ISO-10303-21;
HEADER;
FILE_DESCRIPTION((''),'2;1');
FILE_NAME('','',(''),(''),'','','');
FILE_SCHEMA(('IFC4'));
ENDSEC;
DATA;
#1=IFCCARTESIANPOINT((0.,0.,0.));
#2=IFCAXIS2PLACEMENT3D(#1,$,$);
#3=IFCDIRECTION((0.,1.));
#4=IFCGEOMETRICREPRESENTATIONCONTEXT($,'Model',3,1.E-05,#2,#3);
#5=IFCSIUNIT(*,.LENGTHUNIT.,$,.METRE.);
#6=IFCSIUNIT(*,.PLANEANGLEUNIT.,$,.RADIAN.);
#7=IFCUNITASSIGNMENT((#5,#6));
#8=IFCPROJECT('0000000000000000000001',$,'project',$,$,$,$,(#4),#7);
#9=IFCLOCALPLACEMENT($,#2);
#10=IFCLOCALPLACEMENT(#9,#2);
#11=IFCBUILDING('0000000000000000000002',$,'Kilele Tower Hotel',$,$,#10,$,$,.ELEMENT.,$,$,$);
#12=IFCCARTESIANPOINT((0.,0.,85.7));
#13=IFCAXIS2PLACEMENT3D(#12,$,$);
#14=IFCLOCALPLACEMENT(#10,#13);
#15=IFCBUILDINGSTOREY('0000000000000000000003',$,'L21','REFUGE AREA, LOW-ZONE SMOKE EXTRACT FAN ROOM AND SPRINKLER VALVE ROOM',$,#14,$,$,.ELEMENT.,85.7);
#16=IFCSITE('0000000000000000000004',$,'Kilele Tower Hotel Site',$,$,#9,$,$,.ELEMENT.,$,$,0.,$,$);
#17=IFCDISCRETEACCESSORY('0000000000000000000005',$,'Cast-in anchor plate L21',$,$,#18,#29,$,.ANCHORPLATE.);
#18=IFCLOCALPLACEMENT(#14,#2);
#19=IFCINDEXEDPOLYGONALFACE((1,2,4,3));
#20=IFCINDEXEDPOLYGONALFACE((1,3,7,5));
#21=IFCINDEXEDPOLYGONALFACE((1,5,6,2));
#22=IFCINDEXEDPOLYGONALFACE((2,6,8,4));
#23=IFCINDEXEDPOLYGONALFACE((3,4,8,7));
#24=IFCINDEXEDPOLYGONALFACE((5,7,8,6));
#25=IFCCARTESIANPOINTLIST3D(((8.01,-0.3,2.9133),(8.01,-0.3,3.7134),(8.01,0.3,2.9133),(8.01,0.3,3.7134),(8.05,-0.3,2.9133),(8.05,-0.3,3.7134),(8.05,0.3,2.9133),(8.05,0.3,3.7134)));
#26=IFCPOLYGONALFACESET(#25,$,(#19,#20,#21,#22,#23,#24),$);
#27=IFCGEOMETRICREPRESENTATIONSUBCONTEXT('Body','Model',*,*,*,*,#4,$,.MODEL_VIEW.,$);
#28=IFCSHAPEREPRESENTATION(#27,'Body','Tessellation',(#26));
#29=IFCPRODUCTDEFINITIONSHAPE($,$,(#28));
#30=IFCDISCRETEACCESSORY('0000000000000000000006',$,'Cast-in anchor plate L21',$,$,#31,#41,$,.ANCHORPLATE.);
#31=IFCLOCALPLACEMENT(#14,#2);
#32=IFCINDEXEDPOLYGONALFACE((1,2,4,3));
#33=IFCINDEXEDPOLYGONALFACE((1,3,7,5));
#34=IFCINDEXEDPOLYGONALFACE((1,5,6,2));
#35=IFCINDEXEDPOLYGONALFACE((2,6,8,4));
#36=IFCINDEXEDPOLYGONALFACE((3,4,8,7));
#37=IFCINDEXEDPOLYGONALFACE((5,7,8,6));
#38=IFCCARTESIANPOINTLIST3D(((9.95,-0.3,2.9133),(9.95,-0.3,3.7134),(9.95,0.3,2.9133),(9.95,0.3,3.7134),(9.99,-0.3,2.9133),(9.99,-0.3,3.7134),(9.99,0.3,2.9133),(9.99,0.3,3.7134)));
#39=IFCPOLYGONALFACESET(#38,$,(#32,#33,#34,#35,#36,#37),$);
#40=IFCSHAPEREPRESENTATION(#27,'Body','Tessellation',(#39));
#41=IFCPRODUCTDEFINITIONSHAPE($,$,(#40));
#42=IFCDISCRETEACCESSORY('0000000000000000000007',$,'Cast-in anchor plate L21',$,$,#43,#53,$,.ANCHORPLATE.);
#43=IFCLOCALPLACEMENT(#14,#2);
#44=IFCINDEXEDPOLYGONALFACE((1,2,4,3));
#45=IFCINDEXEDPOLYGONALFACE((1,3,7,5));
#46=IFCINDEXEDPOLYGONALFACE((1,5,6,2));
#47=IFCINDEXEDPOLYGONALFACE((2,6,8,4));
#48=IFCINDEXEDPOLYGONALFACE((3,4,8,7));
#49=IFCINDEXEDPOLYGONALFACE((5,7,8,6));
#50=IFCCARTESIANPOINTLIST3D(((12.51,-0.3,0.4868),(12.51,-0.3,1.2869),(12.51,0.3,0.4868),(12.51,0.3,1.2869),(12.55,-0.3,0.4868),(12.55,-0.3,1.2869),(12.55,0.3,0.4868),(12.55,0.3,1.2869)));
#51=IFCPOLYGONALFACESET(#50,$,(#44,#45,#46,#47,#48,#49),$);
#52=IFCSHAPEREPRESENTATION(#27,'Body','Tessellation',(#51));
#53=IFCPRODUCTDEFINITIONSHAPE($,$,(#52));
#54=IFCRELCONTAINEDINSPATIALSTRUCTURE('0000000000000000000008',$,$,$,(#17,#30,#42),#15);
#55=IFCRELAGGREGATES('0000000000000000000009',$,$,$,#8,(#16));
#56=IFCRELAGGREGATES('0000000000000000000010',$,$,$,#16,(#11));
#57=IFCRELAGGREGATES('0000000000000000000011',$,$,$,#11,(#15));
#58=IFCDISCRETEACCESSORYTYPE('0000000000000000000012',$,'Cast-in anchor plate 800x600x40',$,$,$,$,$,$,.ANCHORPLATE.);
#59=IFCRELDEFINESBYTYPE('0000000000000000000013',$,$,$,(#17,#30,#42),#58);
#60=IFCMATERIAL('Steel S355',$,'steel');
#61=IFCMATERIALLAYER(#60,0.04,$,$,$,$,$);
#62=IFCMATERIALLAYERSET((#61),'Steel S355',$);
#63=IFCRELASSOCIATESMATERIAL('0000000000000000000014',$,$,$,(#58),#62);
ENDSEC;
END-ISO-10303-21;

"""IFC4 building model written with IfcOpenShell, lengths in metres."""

from ifc_helpers import new_model, si_unit, direction, frame, origin, place, context, subcontext, project, spatial, polyline, outline, extrude, source, transform, mapped, material, layer, layer_set, type_object, element, save


model = new_model("IFC4")

# Units and contexts
model_context = context("Model", 3, precision=1e-05, world=origin(), true_north=direction((0.0, 1.0)))
body_context = subcontext(model_context, "Body", "Model", "MODEL_VIEW")
ifc_project = project(units=[si_unit("LENGTHUNIT", "METRE"), si_unit("PLANEANGLEUNIT", "RADIAN")], contexts=[model_context])

# Site, building, storey
site_placement = place(None, origin())
site = spatial("IfcSite", under=ifc_project, at=site_placement, Name="Kilele Tower Hotel Site", CompositionType="ELEMENT", RefElevation=0.0)
building_placement = place(site_placement, origin())
building = spatial("IfcBuilding", under=site, at=building_placement, Name="Kilele Tower Hotel", CompositionType="ELEMENT")
storey_placement = place(building_placement, frame((0.0, 0.0, 85.7)))
storey = spatial("IfcBuildingStorey", under=building, at=storey_placement, Name="L21", Description="REFUGE AREA, LOW-ZONE SMOKE EXTRACT FAN ROOM AND SPRINKLER VALVE ROOM", CompositionType="ELEMENT", Elevation=85.7)

# Discrete accessories
ifc_material_1 = material(Name="Steel S355", Category="steel")
ifc_layer_1 = layer(ifc_material_1, 0.04)
ifc_layer_set_1 = layer_set([ifc_layer_1], Name="Steel S355")
discrete_accessory_type_1 = type_object("IfcDiscreteAccessoryType", Name="Cast-in anchor plate 800x600x40", PredefinedType="ANCHORPLATE", material=ifc_layer_set_1)
shared_shape_1 = source(origin(), body_context, "Body", "SweptSolid", [
    extrude(outline(polyline([(0.0, 0.0), (0.04, 0.0), (0.04, 0.8), (0.0, 0.8), (0.0, 0.0)])), origin(), (0.0, 0.0, 1.0), 0.6001),
])
for number, where, z_axis, x_axis, name in (
    (1, (8.05, -0.3, 2.9133), (0.0, 1.0, 0.0), (-1.0, 0.0, 0.0), "Cast-in anchor plate L21"),
    (2, (9.95, 0.3, 2.9133), (0.0, -1.0, 0.0), (1.0, 0.0, 0.0), "Cast-in anchor plate L21"),
    (3, (12.55, -0.3, 0.4868), (0.0, 1.0, 0.0), (-1.0, 0.0, 0.0), "Cast-in anchor plate L21"),
):
    element("IfcDiscreteAccessory", number, at=place(storey_placement, frame(where, z_axis=z_axis, x_axis=x_axis)), inside=storey, type_object=discrete_accessory_type_1, Name=name, PredefinedType="ANCHORPLATE", context=body_context, shape_type="MappedRepresentation", body=[
        mapped(shared_shape_1, transform((0.0, 0.0, 0.0))),
    ])

save(model, "model.ifc")
